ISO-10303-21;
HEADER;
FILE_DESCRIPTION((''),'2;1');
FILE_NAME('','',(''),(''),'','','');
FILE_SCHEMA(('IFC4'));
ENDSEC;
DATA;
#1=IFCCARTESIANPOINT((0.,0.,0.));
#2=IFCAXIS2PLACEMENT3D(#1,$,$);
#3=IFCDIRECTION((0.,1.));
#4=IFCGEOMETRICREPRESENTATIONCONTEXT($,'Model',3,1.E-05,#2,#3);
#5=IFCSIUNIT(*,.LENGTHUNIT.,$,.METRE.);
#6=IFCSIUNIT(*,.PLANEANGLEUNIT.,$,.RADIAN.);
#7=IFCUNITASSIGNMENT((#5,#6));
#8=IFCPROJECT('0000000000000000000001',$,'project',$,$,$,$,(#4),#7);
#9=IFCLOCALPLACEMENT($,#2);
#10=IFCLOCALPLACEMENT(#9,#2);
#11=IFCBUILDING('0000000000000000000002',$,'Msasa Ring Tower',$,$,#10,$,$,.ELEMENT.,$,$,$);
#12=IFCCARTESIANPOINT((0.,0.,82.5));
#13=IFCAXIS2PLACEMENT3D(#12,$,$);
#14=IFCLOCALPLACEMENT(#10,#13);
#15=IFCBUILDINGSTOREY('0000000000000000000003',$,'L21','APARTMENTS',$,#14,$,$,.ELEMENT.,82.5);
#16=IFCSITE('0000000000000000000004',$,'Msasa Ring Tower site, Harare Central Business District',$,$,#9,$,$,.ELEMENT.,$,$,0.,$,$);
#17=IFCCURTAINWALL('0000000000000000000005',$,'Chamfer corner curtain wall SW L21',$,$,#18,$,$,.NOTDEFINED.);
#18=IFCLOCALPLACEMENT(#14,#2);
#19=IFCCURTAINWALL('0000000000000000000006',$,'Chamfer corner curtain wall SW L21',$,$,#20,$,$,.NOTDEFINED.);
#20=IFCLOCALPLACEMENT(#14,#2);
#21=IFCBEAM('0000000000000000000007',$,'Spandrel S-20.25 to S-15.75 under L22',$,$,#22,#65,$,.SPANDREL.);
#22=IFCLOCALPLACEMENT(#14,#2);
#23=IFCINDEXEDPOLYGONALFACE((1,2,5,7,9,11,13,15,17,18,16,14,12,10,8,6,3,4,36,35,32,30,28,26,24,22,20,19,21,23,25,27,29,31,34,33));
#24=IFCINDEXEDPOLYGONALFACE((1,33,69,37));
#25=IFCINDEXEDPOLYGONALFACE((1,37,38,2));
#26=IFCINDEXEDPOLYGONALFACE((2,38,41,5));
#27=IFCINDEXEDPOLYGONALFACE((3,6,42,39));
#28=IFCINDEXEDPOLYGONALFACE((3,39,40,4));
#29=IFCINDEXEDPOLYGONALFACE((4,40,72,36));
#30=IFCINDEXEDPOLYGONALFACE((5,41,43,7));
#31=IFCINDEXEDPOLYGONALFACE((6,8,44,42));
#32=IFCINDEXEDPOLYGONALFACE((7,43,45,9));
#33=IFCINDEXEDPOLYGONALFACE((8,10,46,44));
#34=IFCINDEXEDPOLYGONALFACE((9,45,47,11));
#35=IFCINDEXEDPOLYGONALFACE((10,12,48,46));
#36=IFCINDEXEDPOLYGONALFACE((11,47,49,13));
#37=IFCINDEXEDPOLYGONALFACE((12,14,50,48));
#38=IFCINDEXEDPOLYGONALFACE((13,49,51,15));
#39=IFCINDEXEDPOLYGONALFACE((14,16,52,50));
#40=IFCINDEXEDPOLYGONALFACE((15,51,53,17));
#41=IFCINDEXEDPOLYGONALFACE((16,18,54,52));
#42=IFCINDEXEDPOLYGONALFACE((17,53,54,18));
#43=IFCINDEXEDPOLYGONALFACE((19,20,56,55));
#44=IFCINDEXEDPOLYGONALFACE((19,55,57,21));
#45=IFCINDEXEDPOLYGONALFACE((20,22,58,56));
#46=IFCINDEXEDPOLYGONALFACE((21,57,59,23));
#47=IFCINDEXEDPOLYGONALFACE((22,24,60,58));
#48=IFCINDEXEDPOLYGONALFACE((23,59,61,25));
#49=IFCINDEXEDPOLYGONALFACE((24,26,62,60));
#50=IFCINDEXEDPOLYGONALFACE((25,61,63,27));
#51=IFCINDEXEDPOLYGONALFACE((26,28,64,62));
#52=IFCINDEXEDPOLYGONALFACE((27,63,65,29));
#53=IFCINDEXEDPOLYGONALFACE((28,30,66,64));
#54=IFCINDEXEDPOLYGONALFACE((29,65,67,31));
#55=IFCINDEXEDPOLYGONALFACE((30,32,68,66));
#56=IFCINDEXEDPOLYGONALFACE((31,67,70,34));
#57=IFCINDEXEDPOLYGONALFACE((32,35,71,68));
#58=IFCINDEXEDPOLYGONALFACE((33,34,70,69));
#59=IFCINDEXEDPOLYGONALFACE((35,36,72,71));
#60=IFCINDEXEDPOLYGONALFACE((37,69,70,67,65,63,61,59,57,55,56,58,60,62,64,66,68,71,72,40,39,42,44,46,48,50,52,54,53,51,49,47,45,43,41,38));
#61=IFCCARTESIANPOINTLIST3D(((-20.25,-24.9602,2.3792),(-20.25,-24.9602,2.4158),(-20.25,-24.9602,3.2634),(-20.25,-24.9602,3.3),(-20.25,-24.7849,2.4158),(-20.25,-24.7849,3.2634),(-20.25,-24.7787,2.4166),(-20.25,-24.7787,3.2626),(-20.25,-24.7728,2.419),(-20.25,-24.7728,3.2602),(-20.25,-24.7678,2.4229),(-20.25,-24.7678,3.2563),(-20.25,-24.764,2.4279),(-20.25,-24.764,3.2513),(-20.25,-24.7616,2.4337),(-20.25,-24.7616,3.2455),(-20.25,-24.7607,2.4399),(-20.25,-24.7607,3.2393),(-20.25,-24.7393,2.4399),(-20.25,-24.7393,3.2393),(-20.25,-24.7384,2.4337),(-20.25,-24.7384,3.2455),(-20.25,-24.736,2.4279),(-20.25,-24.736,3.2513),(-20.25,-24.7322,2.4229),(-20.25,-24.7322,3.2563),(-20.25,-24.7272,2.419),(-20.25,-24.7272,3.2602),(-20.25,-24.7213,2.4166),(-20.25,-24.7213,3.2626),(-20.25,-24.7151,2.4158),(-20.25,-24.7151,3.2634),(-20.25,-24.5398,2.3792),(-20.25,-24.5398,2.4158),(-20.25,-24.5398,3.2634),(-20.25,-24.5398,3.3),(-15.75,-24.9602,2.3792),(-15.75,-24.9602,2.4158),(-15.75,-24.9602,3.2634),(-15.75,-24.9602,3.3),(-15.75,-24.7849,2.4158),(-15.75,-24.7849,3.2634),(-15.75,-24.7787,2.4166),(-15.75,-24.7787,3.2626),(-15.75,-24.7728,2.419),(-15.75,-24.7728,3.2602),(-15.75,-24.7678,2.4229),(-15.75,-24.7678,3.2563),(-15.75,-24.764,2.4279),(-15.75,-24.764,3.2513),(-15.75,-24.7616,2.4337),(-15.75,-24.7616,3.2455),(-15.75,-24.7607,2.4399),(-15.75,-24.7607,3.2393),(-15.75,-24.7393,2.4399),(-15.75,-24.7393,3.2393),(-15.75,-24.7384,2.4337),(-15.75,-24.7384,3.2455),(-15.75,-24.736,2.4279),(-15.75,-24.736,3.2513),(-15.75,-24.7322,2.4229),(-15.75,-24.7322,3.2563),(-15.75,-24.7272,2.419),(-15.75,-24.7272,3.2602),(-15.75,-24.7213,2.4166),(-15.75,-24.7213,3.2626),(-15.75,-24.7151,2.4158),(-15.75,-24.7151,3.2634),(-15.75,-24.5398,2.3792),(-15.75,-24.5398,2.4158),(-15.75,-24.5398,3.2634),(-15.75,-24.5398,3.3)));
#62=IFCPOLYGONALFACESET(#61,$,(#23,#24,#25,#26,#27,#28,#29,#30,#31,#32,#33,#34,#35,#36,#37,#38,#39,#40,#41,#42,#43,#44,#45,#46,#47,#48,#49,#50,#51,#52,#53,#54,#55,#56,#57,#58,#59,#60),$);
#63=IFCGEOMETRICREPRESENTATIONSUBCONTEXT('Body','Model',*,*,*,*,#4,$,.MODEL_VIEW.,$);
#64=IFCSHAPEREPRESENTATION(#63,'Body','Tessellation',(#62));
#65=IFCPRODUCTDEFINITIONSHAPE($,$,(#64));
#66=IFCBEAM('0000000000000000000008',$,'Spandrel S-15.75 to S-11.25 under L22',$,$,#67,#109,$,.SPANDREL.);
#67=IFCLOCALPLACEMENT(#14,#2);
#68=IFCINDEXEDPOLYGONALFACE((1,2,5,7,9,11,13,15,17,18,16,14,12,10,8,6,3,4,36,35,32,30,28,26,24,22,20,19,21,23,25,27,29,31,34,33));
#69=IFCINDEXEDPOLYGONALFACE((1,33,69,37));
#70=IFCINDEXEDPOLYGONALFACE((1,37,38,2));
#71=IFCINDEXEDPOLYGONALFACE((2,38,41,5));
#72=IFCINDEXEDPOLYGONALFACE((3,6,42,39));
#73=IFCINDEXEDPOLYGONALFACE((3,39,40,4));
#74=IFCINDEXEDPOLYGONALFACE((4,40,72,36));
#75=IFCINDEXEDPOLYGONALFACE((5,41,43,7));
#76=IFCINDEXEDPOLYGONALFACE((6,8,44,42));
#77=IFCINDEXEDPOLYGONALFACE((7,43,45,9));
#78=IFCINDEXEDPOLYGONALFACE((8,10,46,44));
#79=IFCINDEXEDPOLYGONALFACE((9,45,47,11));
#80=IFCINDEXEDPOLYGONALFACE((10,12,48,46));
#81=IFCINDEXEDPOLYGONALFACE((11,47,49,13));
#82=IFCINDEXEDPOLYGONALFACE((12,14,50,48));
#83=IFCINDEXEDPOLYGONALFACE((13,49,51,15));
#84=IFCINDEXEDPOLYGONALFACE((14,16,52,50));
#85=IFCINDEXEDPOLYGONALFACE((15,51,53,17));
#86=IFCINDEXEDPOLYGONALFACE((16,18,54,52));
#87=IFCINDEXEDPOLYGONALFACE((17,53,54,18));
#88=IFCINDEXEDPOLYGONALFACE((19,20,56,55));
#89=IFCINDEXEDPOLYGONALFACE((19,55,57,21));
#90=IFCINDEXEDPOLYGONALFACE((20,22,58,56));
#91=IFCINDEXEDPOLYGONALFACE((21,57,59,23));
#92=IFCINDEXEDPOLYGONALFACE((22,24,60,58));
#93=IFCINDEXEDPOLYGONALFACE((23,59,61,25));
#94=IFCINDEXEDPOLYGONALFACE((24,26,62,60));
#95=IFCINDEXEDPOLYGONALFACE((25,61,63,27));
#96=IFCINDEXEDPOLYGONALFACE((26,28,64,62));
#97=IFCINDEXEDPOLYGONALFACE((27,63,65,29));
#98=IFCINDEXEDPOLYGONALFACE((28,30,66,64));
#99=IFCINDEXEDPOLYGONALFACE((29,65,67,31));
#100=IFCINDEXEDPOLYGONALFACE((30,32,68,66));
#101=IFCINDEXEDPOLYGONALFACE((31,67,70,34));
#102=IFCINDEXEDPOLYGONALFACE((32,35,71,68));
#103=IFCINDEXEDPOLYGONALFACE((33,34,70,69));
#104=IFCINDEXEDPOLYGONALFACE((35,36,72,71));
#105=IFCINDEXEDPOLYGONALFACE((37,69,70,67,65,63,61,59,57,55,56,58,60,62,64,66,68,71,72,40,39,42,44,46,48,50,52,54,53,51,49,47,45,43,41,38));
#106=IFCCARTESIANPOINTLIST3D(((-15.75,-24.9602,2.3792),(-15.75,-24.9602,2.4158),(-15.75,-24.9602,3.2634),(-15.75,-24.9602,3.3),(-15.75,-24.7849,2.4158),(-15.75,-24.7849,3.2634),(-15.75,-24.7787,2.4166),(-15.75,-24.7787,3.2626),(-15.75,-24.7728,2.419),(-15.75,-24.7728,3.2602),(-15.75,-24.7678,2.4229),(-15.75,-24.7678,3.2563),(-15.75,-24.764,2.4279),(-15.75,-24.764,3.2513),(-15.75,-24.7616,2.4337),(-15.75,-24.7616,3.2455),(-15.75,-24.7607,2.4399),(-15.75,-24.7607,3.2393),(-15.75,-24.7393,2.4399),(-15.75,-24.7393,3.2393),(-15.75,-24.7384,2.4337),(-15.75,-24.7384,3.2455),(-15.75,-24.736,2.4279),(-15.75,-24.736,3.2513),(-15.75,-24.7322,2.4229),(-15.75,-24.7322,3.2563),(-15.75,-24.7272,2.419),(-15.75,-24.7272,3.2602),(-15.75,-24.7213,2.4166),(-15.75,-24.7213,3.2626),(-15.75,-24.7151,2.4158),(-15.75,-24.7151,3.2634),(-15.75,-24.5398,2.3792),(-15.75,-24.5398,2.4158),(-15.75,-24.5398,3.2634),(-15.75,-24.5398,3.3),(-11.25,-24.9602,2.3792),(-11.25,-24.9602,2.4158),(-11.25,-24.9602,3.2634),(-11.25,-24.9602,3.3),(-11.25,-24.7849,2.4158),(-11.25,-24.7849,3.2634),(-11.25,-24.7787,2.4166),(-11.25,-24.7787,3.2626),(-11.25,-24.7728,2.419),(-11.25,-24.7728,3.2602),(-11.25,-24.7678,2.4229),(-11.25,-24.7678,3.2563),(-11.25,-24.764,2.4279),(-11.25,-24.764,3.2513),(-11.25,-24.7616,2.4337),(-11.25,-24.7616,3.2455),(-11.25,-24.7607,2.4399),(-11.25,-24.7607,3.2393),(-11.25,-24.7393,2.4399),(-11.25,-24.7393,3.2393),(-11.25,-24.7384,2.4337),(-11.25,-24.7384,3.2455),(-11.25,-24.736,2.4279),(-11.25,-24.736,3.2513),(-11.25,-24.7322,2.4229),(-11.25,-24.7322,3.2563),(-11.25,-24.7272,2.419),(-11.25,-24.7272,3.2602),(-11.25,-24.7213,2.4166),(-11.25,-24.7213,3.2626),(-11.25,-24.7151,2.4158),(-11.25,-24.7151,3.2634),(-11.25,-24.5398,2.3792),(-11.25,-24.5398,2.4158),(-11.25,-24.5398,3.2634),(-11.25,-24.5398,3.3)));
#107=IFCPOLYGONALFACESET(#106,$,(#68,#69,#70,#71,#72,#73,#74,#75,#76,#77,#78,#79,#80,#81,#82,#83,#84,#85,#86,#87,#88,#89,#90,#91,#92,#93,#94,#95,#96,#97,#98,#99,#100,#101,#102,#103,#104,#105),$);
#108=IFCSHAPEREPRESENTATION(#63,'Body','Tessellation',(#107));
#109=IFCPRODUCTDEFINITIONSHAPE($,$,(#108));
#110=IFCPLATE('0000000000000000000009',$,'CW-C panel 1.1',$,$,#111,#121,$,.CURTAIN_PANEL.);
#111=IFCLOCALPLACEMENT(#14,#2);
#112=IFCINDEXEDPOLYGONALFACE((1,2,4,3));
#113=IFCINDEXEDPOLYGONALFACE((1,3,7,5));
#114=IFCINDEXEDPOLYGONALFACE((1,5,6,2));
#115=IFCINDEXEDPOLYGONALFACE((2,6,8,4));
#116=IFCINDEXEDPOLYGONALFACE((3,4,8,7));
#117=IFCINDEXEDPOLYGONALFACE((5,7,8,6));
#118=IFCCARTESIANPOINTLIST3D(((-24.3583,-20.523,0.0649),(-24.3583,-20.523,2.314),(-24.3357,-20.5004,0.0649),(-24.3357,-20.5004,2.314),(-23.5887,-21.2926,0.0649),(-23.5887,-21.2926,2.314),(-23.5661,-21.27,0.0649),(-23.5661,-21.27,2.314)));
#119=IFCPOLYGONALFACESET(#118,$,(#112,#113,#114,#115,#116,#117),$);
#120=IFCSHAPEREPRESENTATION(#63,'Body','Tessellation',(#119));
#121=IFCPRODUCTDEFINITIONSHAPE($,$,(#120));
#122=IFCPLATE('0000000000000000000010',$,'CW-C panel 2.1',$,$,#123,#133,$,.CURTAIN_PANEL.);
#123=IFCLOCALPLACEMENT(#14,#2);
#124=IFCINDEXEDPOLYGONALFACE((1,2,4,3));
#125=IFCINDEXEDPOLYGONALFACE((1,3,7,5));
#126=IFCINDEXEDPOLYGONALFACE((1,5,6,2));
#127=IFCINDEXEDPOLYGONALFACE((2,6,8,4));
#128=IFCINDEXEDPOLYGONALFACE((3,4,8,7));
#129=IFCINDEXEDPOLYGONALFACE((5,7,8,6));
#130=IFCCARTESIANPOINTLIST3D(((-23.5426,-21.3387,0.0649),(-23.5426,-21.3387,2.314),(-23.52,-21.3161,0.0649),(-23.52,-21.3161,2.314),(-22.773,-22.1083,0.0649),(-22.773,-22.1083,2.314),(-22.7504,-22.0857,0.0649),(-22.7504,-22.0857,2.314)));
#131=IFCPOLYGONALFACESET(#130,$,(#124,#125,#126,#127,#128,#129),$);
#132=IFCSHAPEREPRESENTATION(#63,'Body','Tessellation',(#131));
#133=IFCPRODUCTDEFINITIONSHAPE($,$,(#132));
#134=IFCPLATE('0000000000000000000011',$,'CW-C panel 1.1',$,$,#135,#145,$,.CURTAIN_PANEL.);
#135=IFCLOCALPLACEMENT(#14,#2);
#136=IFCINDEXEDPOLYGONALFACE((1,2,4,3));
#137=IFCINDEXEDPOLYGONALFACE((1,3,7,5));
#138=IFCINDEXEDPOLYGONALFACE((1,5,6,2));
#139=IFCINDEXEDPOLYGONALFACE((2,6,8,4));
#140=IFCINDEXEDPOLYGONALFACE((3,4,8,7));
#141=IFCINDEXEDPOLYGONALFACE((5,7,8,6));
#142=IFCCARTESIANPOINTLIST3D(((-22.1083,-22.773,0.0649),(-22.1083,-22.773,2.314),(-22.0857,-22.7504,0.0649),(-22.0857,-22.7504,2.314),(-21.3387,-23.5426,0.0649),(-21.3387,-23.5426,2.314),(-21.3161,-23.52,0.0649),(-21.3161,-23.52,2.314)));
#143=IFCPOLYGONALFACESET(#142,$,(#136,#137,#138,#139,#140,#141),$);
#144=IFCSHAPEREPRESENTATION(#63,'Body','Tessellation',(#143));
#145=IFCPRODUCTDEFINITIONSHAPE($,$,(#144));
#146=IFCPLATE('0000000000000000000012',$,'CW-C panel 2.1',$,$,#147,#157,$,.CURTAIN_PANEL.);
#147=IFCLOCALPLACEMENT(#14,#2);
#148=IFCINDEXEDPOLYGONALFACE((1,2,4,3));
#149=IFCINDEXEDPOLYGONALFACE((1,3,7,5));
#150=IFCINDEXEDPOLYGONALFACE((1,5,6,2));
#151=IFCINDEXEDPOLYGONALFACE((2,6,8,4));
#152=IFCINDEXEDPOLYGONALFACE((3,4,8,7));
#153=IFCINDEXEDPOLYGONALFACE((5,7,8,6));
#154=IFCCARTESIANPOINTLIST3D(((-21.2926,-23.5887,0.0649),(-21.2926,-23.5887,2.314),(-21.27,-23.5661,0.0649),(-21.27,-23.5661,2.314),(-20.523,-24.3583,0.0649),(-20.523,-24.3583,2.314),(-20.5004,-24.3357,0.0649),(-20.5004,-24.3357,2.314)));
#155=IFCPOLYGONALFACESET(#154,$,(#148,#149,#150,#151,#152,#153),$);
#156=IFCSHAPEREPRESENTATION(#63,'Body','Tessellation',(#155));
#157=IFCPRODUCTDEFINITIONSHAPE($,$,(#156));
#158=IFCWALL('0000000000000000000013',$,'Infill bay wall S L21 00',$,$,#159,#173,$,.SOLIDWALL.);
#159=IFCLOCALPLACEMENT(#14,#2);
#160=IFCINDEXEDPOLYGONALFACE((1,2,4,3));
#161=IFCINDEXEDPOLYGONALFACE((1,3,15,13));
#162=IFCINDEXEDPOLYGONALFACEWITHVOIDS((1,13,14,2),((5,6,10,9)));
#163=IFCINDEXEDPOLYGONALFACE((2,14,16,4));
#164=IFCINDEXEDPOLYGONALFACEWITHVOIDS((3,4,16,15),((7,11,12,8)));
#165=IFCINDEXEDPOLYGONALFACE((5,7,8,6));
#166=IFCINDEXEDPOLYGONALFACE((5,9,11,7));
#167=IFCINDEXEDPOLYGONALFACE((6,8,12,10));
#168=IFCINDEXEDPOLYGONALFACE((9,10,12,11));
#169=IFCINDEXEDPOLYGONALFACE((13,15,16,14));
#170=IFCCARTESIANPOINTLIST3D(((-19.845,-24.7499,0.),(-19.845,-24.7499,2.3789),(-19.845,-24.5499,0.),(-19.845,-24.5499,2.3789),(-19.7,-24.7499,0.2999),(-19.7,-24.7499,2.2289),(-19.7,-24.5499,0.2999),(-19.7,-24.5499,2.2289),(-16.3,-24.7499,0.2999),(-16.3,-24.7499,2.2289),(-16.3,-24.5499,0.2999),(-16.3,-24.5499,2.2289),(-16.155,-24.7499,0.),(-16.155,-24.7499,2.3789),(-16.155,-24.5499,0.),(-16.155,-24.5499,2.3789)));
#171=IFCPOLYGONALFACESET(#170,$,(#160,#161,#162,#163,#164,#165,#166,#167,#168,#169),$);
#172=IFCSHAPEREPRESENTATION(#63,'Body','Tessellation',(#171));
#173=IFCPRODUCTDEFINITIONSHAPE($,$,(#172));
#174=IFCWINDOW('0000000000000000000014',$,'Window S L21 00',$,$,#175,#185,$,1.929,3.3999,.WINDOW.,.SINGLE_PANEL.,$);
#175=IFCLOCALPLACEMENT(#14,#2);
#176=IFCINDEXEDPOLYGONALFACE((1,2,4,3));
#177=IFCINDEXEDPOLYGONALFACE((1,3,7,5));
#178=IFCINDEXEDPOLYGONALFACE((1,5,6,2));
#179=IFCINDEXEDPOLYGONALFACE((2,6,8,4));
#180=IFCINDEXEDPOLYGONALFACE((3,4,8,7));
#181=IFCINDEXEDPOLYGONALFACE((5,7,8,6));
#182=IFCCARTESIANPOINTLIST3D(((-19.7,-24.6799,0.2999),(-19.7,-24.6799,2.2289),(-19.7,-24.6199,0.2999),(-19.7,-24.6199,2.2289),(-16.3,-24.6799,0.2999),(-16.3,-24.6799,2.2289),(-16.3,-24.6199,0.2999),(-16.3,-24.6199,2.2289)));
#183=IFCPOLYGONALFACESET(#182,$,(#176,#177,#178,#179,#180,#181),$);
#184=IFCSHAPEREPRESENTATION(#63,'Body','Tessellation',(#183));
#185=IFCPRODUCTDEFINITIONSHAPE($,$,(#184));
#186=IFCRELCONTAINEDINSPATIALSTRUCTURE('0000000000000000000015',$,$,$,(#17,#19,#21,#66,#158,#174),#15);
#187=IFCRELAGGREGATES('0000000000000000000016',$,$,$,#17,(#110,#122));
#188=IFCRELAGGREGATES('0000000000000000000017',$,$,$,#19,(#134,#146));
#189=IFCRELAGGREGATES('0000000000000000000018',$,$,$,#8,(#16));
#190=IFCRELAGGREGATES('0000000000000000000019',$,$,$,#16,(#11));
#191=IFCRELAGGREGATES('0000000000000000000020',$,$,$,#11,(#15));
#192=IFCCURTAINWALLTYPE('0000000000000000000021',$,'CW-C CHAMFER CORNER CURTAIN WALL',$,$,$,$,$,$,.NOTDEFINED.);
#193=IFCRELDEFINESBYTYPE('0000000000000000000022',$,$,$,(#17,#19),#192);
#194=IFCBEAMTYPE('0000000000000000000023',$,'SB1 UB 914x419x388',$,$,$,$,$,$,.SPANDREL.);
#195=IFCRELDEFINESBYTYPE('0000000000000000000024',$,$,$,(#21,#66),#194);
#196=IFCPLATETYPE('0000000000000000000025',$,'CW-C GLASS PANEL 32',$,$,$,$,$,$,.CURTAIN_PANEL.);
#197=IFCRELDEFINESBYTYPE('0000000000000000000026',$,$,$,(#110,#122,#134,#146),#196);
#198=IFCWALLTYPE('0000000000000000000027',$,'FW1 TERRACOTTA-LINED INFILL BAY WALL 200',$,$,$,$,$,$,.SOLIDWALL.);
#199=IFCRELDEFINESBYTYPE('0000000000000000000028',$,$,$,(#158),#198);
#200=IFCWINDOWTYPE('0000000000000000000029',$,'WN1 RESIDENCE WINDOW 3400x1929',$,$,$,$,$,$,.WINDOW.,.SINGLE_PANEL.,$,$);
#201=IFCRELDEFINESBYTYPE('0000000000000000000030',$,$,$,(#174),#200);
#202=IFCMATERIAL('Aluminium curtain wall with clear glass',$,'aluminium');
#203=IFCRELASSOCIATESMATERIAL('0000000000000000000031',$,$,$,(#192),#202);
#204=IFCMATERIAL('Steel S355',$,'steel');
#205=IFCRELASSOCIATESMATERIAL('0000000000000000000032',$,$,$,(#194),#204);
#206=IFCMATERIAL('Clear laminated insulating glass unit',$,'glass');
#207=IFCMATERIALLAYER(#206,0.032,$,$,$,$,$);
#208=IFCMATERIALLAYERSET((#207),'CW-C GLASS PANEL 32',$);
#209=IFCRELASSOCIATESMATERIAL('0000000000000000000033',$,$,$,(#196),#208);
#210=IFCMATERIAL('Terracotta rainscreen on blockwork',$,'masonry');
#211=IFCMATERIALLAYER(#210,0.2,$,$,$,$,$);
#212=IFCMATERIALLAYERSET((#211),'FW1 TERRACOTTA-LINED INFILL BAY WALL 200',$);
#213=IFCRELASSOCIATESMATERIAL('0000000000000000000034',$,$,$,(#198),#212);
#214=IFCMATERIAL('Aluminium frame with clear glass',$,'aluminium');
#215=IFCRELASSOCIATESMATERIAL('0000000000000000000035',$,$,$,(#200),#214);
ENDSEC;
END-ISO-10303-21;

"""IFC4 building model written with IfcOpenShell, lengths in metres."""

from ifc_helpers import new_model, si_unit, direction, frame, frame_2d, origin, origin_2d, place, context, subcontext, project, spatial, rectangle, i_section, extrude, material, layer, layer_set, material_profile, profile_set, type_object, element, fill, aggregate, save


model = new_model("IFC4")

# Units and contexts
model_context = context("Model", 3, precision=1e-05, world=origin(), true_north=direction((0.0, 1.0)))
body_context = subcontext(model_context, "Body", "Model", "MODEL_VIEW")
ifc_project = project(units=[si_unit("LENGTHUNIT", "METRE"), si_unit("PLANEANGLEUNIT", "RADIAN")], contexts=[model_context])

# Site, building, storey
site_placement = place(None, origin())
site = spatial("IfcSite", under=ifc_project, at=site_placement, Name="Msasa Ring Tower site, Harare Central Business District", CompositionType="ELEMENT", RefElevation=0.0)
building_placement = place(site_placement, origin())
building = spatial("IfcBuilding", under=site, at=building_placement, Name="Msasa Ring Tower", CompositionType="ELEMENT")
storey_placement = place(building_placement, frame((0.0, 0.0, 82.5)))
storey = spatial("IfcBuildingStorey", under=building, at=storey_placement, Name="L21", Description="APARTMENTS", CompositionType="ELEMENT", Elevation=82.5)

# Curtain walls
ifc_material_1 = material(Name="Aluminium curtain wall with clear glass", Category="aluminium")
curtain_wall_type = type_object("IfcCurtainWallType", Name="CW-C CHAMFER CORNER CURTAIN WALL", PredefinedType="NOTDEFINED", material=ifc_material_1)
curtain_wall_1_placement = place(storey_placement, origin())
curtain_wall_1 = element("IfcCurtainWall", 1, at=curtain_wall_1_placement, inside=storey, type_object=curtain_wall_type, Name="Chamfer corner curtain wall SW L21", PredefinedType="NOTDEFINED")
curtain_wall_2_placement = place(storey_placement, origin())
curtain_wall_2 = element("IfcCurtainWall", 2, at=curtain_wall_2_placement, inside=storey, type_object=curtain_wall_type, Name="Chamfer corner curtain wall SW L21", PredefinedType="NOTDEFINED")

# Beams
ifc_material_2 = material(Name="Steel S355", Category="steel")
ifc_material_profile_1 = material_profile(ifc_material_2, i_section(OverallWidth=0.4204, OverallDepth=0.9209, WebThickness=0.0215, FlangeThickness=0.0366, FilletRadius=0.0242, at=origin_2d()), Name="UB 914x419x388")
ifc_profile_set_1 = profile_set([ifc_material_profile_1], Name="Steel S355")
beam_type_1 = type_object("IfcBeamType", Name="SB1 UB 914x419x388", PredefinedType="SPANDREL", material=ifc_profile_set_1)
for number, where, z_axis, x_axis, name in (
    (3, (-20.25, -24.75, 2.8396), (1.0, 0.0, 0.0), (0.0, 1.0, 0.0), "Spandrel S-20.25 to S-15.75 under L22"),
    (4, (-15.75, -24.75, 2.8396), (1.0, 0.0, 0.0), (0.0, 1.0, 0.0), "Spandrel S-15.75 to S-11.25 under L22"),
):
    element("IfcBeam", number, at=place(storey_placement, frame(where, z_axis=z_axis, x_axis=x_axis)), inside=storey, type_object=beam_type_1, Name=name, PredefinedType="SPANDREL", context=body_context, shape_type="SweptSolid", body=[
        extrude(i_section(OverallWidth=0.4204, OverallDepth=0.9209, WebThickness=0.0215, FlangeThickness=0.0366, FilletRadius=0.0242, at=origin_2d()), origin(), (0.0, 0.0, 1.0), 4.5),
    ])

# Plates
ifc_material_3 = material(Name="Clear laminated insulating glass unit", Category="glass")
ifc_layer_1 = layer(ifc_material_3, 0.032)
ifc_layer_set_1 = layer_set([ifc_layer_1], Name="CW-C GLASS PANEL 32")
plate_type = type_object("IfcPlateType", Name="CW-C GLASS PANEL 32", PredefinedType="CURTAIN_PANEL", material=ifc_layer_set_1)
plate_1_placement = place(storey_placement, frame((-23.9622, -20.8965, 0.0649), z_axis=(0.0, 0.0, 1.0), x_axis=(0.707107, -0.707107, 0.0)))
plate_1 = element("IfcPlate", 5, at=plate_1_placement, type_object=plate_type, Name="CW-C panel 1.1", PredefinedType="CURTAIN_PANEL", context=body_context, shape_type="SweptSolid", body=[
    extrude(rectangle(XDim=1.0884, YDim=0.032, at=origin_2d()), origin(), (0.0, 0.0, 1.0), 2.249),
])
plate_2_placement = place(storey_placement, frame((-23.1465, -21.7122, 0.0649), z_axis=(0.0, 0.0, 1.0), x_axis=(0.707107, -0.707107, 0.0)))
plate_2 = element("IfcPlate", 6, at=plate_2_placement, type_object=plate_type, Name="CW-C panel 2.1", PredefinedType="CURTAIN_PANEL", context=body_context, shape_type="SweptSolid", body=[
    extrude(rectangle(XDim=1.0884, YDim=0.032, at=origin_2d()), origin(), (0.0, 0.0, 1.0), 2.249),
])
aggregate(curtain_wall_1, [plate_1, plate_2])
plate_3_placement = place(storey_placement, frame((-21.7122, -23.1465, 0.0649), z_axis=(0.0, 0.0, 1.0), x_axis=(0.707107, -0.707107, 0.0)))
plate_3 = element("IfcPlate", 7, at=plate_3_placement, type_object=plate_type, Name="CW-C panel 1.1", PredefinedType="CURTAIN_PANEL", context=body_context, shape_type="SweptSolid", body=[
    extrude(rectangle(XDim=1.0884, YDim=0.032, at=origin_2d()), origin(), (0.0, 0.0, 1.0), 2.249),
])
plate_4_placement = place(storey_placement, frame((-20.8965, -23.9622, 0.0649), z_axis=(0.0, 0.0, 1.0), x_axis=(0.707107, -0.707107, 0.0)))
plate_4 = element("IfcPlate", 8, at=plate_4_placement, type_object=plate_type, Name="CW-C panel 2.1", PredefinedType="CURTAIN_PANEL", context=body_context, shape_type="SweptSolid", body=[
    extrude(rectangle(XDim=1.0884, YDim=0.032, at=origin_2d()), origin(), (0.0, 0.0, 1.0), 2.249),
])
aggregate(curtain_wall_2, [plate_3, plate_4])

# Wall, opening, window
ifc_material_4 = material(Name="Terracotta rainscreen on blockwork", Category="masonry")
ifc_layer_2 = layer(ifc_material_4, 0.2)
ifc_layer_set_2 = layer_set([ifc_layer_2], Name="FW1 TERRACOTTA-LINED INFILL BAY WALL 200")
wall_type_1 = type_object("IfcWallType", Name="FW1 TERRACOTTA-LINED INFILL BAY WALL 200", PredefinedType="SOLIDWALL", material=ifc_layer_set_2)
wall_placement = place(storey_placement, frame((-19.845, -24.6499, 0.0), z_axis=(0.0, 0.0, 1.0), x_axis=(1.0, 0.0, 0.0)))
wall = element("IfcWall", 9, at=wall_placement, inside=storey, type_object=wall_type_1, Name="Infill bay wall S L21 00", PredefinedType="SOLIDWALL", context=body_context, shape_type="SweptSolid", body=[
    extrude(rectangle(XDim=3.6899, YDim=0.2, at=frame_2d((1.845, 0.0))), origin(), (0.0, 0.0, 1.0), 2.3789),
])
opening_placement = place(wall_placement, frame((0.145, 0.0, 0.3)))
opening = element("IfcOpeningElement", 10, at=opening_placement, cuts=wall, PredefinedType="OPENING", context=body_context, shape_type="SweptSolid", body=[
    extrude(rectangle(XDim=3.3999, YDim=1.929, at=frame_2d((1.7, 0.9644))), frame((0.0, 0.1099, 0.0), z_axis=(0.0, -1.0, 0.0), x_axis=(1.0, 0.0, 0.0)), (0.0, 0.0, 1.0), 0.22),
])
ifc_material_5 = material(Name="Aluminium frame with clear glass", Category="aluminium")
window_type = type_object("IfcWindowType", Name="WN1 RESIDENCE WINDOW 3400x1929", PartitioningType="SINGLE_PANEL", PredefinedType="WINDOW", material=ifc_material_5)
window_placement = place(opening_placement, origin())
window = element("IfcWindow", 11, at=window_placement, inside=storey, type_object=window_type, Name="Window S L21 00", OverallHeight=1.929, OverallWidth=3.3999, PartitioningType="SINGLE_PANEL", PredefinedType="WINDOW", context=body_context, shape_type="SweptSolid", body=[
    extrude(rectangle(XDim=3.3999, YDim=1.929, at=frame_2d((1.7, 0.9644))), frame((0.0, 0.03, 0.0), z_axis=(0.0, -1.0, 0.0), x_axis=(1.0, 0.0, 0.0)), (0.0, 0.0, 1.0), 0.0601),
])
fill(opening, window)

save(model, "model.ifc")
